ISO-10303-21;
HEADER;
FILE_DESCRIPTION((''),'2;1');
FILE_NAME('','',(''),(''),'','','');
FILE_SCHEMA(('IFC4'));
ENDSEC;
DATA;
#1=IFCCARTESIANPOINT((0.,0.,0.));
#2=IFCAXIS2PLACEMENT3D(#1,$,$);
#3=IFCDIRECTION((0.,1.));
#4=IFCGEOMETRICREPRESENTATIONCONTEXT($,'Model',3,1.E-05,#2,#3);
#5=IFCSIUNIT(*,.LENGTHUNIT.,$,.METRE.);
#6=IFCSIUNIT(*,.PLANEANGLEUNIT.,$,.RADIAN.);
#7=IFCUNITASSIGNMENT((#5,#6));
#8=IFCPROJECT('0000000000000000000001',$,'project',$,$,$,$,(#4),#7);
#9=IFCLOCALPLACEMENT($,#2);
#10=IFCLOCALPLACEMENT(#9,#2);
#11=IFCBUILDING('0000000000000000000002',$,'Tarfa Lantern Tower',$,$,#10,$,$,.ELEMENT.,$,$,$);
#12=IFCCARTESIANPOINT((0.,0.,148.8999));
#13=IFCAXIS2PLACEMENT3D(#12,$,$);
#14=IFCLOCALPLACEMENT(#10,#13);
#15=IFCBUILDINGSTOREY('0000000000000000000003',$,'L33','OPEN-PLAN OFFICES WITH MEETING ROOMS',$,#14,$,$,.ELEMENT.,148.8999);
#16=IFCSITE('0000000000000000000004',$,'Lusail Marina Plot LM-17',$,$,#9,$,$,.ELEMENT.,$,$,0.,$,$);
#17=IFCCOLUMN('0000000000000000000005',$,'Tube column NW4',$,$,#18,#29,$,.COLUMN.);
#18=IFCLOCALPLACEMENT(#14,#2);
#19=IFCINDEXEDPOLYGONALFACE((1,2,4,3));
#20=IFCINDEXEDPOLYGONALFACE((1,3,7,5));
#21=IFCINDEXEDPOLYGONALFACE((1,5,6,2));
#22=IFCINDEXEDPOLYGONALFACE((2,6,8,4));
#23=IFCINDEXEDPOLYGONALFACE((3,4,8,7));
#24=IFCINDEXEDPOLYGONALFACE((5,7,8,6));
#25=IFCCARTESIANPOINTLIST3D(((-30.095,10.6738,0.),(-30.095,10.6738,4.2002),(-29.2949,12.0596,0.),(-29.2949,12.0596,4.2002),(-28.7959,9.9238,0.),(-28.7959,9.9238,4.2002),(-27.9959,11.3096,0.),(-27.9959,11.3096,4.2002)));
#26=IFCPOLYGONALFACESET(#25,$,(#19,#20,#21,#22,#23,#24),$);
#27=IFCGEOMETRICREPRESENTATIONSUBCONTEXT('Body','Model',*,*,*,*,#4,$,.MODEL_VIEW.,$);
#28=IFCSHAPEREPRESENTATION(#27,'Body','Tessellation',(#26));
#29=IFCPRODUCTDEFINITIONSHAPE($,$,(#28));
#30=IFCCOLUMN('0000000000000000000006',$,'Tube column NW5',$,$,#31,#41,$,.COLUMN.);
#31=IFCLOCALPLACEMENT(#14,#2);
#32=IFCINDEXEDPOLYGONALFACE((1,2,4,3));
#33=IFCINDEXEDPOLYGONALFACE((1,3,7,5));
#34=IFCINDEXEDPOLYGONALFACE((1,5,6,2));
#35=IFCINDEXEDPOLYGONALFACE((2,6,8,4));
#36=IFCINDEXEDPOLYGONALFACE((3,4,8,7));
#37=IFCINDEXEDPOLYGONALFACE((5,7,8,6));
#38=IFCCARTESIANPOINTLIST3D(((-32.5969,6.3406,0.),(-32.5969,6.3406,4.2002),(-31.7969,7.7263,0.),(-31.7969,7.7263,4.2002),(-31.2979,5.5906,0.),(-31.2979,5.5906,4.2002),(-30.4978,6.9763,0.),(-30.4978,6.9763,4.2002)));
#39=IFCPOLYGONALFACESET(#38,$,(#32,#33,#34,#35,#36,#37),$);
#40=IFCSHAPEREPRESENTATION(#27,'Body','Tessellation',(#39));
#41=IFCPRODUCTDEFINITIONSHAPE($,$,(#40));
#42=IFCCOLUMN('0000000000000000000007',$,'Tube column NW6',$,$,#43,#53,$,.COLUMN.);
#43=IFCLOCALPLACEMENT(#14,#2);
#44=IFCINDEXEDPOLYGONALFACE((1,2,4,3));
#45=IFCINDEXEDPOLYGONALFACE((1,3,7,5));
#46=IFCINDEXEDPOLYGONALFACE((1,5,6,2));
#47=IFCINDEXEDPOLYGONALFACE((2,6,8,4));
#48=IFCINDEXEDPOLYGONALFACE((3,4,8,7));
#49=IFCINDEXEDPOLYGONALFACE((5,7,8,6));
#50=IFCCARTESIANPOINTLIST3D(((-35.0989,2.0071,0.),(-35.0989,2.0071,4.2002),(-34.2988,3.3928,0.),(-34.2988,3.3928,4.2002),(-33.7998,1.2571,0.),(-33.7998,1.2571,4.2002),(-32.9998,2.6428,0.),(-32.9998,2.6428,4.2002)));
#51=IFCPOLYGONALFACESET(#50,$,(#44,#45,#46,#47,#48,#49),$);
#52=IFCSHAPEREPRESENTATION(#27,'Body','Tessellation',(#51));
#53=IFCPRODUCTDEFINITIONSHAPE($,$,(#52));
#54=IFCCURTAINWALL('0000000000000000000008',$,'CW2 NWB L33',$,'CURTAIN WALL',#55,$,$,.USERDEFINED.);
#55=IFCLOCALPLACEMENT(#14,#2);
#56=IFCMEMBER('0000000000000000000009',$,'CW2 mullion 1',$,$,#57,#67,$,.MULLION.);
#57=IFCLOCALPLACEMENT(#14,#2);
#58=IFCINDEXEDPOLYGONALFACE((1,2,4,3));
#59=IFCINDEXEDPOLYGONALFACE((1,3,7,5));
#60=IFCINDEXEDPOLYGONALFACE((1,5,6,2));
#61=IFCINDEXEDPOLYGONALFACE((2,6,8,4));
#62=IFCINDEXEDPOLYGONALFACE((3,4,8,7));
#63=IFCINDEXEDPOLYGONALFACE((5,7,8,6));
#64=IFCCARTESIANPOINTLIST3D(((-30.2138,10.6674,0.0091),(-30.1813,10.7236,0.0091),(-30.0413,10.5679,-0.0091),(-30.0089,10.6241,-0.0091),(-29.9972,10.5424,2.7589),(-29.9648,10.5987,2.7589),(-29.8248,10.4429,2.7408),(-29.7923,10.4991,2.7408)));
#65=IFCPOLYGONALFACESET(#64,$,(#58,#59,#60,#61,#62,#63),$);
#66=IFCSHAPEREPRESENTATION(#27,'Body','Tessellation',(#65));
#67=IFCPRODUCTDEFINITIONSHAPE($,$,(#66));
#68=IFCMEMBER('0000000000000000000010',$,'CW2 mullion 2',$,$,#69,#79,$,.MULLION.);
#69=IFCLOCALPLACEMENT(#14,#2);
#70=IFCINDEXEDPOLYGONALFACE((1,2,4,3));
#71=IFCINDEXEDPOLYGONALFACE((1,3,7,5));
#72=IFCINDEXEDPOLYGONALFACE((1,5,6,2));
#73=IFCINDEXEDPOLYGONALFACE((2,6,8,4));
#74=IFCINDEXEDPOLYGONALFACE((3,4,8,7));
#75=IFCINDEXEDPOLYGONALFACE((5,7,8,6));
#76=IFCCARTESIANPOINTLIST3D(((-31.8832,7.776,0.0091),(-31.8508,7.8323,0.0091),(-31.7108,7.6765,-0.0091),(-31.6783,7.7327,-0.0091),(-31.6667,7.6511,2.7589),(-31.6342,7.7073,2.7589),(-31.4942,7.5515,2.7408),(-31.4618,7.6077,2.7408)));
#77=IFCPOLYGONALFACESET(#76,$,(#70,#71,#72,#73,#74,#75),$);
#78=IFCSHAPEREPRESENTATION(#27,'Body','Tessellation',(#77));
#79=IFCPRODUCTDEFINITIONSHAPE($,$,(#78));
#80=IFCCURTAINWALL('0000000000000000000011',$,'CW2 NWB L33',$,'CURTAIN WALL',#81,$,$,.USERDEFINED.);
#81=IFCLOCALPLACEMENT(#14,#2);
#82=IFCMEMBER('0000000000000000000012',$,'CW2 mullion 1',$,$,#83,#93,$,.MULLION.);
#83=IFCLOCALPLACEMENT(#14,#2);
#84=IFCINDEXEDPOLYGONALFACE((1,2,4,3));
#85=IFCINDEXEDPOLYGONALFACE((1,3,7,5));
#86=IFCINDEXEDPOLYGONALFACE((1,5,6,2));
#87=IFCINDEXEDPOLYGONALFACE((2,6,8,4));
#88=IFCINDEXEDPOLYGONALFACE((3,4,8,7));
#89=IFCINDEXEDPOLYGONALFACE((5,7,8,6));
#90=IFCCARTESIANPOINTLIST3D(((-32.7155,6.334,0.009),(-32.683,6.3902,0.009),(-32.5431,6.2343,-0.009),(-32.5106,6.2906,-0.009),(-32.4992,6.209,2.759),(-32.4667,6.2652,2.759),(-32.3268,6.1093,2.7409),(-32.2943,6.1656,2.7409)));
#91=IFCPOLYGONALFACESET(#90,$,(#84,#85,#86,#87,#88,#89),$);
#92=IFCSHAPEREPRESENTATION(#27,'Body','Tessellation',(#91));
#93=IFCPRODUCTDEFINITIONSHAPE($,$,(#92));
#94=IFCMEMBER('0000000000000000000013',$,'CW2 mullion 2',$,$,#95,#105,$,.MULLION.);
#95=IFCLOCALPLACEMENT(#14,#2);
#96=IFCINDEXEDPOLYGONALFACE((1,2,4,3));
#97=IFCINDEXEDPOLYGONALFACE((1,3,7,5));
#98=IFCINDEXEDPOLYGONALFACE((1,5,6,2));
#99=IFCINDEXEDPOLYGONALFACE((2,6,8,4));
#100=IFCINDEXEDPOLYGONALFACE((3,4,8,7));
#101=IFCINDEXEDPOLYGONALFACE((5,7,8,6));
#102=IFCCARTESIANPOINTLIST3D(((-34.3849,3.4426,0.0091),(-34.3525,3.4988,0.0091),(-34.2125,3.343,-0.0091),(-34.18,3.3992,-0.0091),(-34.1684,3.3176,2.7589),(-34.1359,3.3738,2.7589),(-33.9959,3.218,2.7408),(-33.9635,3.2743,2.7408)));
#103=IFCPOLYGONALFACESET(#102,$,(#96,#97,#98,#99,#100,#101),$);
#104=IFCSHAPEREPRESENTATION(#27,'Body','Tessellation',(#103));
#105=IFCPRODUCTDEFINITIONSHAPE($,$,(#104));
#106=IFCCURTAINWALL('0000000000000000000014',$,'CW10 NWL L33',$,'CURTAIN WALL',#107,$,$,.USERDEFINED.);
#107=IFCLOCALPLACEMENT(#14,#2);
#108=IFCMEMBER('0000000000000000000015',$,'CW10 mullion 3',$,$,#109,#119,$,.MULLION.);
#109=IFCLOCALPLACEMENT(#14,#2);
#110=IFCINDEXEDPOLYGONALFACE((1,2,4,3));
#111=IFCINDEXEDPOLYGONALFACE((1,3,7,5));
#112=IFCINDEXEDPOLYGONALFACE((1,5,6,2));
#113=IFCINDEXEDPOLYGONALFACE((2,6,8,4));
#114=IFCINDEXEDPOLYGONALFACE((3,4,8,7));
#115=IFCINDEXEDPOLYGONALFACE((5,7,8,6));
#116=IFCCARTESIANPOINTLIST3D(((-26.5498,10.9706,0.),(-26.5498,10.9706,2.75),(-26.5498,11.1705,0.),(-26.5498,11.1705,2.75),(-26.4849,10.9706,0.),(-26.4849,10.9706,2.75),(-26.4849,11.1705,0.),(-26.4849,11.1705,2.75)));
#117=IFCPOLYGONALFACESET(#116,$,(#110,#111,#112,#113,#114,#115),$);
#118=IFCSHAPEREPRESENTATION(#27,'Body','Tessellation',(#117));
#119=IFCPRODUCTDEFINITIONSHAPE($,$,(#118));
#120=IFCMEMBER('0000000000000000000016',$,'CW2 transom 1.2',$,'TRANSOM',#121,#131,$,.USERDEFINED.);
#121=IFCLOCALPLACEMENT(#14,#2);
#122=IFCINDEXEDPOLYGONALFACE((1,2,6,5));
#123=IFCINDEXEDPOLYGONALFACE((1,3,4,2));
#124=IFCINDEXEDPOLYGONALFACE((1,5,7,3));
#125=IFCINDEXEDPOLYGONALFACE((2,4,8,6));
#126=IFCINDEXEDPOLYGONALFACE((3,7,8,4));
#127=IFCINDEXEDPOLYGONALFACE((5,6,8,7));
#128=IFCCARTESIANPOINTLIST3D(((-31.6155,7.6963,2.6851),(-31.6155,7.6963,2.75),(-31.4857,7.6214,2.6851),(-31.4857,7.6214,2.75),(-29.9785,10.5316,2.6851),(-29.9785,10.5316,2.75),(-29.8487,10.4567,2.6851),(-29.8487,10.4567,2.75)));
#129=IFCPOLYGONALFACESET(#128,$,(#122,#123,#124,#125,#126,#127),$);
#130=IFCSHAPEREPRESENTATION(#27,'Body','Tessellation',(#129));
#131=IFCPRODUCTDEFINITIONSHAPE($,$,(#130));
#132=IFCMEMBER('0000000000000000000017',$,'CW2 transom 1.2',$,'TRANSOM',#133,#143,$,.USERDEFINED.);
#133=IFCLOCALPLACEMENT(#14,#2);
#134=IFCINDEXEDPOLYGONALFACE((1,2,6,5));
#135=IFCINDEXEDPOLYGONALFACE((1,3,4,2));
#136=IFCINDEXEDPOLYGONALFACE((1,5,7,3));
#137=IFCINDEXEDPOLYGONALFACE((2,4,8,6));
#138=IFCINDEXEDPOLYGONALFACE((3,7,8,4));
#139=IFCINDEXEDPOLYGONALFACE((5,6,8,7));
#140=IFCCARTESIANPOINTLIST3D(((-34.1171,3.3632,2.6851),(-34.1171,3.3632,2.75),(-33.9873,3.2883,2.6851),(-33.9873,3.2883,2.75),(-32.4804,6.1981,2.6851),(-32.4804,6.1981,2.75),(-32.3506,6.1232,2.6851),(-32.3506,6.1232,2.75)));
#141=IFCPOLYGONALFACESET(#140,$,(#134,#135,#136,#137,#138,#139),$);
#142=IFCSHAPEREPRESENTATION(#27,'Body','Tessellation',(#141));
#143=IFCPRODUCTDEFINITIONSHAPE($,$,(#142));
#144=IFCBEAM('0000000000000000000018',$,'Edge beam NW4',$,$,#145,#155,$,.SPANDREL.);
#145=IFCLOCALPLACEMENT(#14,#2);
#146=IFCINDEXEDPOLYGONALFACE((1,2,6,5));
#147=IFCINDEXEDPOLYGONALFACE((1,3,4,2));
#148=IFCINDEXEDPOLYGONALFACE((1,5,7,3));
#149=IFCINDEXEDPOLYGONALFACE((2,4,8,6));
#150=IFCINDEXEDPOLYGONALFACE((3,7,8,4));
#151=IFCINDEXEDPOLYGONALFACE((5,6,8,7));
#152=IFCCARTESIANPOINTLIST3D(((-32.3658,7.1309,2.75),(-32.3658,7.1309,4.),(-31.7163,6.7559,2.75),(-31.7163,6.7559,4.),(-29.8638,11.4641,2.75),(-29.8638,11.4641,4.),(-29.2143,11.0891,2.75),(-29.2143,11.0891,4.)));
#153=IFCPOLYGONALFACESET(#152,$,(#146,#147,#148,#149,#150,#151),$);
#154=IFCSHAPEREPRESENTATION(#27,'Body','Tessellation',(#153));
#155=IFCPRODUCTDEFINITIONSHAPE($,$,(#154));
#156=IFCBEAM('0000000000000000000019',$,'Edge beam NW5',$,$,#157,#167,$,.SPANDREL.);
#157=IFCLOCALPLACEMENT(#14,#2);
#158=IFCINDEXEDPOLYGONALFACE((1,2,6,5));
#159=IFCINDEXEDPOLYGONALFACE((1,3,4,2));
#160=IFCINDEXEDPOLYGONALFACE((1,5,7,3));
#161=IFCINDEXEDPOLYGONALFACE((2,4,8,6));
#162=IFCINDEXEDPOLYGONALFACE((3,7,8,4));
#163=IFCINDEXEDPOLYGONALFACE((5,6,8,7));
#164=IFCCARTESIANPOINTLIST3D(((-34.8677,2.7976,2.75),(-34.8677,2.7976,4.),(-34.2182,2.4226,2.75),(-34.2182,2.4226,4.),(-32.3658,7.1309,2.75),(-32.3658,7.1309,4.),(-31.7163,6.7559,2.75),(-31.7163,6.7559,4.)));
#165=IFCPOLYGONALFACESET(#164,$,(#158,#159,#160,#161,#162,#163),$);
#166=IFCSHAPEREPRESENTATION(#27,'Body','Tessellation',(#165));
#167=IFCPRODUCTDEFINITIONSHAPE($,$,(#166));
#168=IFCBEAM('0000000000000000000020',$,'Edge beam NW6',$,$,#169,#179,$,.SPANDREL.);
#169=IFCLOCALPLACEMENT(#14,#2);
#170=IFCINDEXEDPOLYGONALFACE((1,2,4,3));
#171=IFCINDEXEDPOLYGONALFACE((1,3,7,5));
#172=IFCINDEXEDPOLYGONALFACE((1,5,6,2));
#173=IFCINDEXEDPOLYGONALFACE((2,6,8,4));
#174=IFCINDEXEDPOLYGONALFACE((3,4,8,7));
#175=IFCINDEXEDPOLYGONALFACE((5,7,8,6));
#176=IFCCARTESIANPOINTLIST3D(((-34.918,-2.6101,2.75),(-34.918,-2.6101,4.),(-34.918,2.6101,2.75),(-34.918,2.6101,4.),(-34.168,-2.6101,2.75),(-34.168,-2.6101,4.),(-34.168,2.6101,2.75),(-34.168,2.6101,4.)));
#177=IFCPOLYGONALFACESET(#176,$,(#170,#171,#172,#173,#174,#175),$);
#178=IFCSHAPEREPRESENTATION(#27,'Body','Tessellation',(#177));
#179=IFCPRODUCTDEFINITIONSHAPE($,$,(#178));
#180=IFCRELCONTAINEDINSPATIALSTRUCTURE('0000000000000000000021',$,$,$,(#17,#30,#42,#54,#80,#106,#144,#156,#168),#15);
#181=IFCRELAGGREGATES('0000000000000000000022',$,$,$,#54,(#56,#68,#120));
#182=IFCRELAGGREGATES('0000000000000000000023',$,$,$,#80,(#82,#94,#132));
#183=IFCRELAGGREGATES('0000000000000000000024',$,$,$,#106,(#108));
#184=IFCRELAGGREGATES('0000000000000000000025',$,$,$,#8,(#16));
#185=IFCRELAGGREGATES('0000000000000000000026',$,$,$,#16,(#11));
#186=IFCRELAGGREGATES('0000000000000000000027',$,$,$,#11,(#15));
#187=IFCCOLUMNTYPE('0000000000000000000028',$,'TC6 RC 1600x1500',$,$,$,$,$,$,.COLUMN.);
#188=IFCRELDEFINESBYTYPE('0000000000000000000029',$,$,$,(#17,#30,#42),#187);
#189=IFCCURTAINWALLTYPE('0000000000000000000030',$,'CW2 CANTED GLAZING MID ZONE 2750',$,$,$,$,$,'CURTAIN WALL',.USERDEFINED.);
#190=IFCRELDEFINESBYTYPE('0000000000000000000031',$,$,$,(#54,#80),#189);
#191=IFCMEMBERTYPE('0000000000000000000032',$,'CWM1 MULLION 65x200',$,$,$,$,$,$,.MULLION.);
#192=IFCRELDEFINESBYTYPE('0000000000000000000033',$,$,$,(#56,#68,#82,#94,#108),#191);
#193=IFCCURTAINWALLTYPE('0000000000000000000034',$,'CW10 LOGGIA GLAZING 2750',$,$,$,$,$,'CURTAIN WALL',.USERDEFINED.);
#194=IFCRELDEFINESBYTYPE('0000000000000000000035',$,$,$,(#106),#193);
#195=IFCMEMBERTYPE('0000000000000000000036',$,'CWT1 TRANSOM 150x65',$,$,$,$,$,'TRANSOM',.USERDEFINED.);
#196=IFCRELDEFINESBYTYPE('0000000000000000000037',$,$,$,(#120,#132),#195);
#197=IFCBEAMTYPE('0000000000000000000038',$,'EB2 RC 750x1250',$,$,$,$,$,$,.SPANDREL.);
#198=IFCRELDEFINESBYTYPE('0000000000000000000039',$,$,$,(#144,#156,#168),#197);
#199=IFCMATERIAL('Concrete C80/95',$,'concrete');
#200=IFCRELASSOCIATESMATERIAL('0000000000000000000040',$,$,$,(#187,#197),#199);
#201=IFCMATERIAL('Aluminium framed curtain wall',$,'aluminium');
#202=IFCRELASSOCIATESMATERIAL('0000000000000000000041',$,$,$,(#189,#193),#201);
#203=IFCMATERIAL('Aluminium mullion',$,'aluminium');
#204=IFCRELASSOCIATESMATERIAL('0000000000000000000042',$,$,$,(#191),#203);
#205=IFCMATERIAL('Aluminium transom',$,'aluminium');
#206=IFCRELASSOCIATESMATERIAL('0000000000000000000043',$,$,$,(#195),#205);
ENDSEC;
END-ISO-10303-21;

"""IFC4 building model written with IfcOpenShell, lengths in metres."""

from ifc_helpers import new_model, si_unit, direction, frame, origin, origin_2d, place, context, subcontext, project, spatial, rectangle, extrude, material, material_profile, profile_set, type_object, element, aggregate, save


model = new_model("IFC4")

# Units and contexts
model_context = context("Model", 3, precision=1e-05, world=origin(), true_north=direction((0.0, 1.0)))
body_context = subcontext(model_context, "Body", "Model", "MODEL_VIEW")
ifc_project = project(units=[si_unit("LENGTHUNIT", "METRE"), si_unit("PLANEANGLEUNIT", "RADIAN")], contexts=[model_context])

# Site, building, storey
site_placement = place(None, origin())
site = spatial("IfcSite", under=ifc_project, at=site_placement, Name="Lusail Marina Plot LM-17", CompositionType="ELEMENT", RefElevation=0.0)
building_placement = place(site_placement, origin())
building = spatial("IfcBuilding", under=site, at=building_placement, Name="Tarfa Lantern Tower", CompositionType="ELEMENT")
storey_placement = place(building_placement, frame((0.0, 0.0, 148.8999)))
storey = spatial("IfcBuildingStorey", under=building, at=storey_placement, Name="L33", Description="OPEN-PLAN OFFICES WITH MEETING ROOMS", CompositionType="ELEMENT", Elevation=148.8999)

# Columns
ifc_material_1 = material(Name="Concrete C80/95", Category="concrete")
ifc_material_profile_1 = material_profile(ifc_material_1, rectangle(XDim=1.6001, YDim=1.5, at=origin_2d()), Name="RC 1600x1500")
ifc_profile_set_1 = profile_set([ifc_material_profile_1], Name="Concrete C80/95")
column_type = type_object("IfcColumnType", Name="TC6 RC 1600x1500", PredefinedType="COLUMN", material=ifc_profile_set_1)
for number, where, z_axis, x_axis, name in (
    (1, (-29.0454, 10.9917, 0.0), (0.0, 0.0, 1.0), (-0.5, -0.866025, 0.0), "Tube column NW4"),
    (2, (-31.5474, 6.6584, 0.0), (0.0, 0.0, 1.0), (-0.5, -0.866025, 0.0), "Tube column NW5"),
    (3, (-34.0493, 2.325, 0.0), (0.0, 0.0, 1.0), (-0.5, -0.866025, 0.0), "Tube column NW6"),
):
    element("IfcColumn", number, at=place(storey_placement, frame(where, z_axis=z_axis, x_axis=x_axis)), inside=storey, type_object=column_type, Name=name, PredefinedType="COLUMN", context=body_context, shape_type="SweptSolid", body=[
        extrude(rectangle(XDim=1.6001, YDim=1.5, at=origin_2d()), origin(), (0.0, 0.0, 1.0), 4.2002),
    ])

# Curtain walls, members
ifc_material_2 = material(Name="Aluminium framed curtain wall", Category="aluminium")
curtain_wall_type_1 = type_object("IfcCurtainWallType", Name="CW2 CANTED GLAZING MID ZONE 2750", ElementType="CURTAIN WALL", PredefinedType="USERDEFINED", material=ifc_material_2)
curtain_wall_1_placement = place(storey_placement, origin())
curtain_wall_1 = element("IfcCurtainWall", 4, at=curtain_wall_1_placement, inside=storey, type_object=curtain_wall_type_1, Name="CW2 NWB L33", ObjectType="CURTAIN WALL", PredefinedType="USERDEFINED")
ifc_material_3 = material(Name="Aluminium mullion", Category="aluminium")
ifc_material_profile_2 = material_profile(ifc_material_3, rectangle(XDim=0.0649, YDim=0.2, at=origin_2d()), Name="AL MULLION 65x200")
ifc_profile_set_2 = profile_set([ifc_material_profile_2], Name="Aluminium mullion")
member_type_1 = type_object("IfcMemberType", Name="CWM1 MULLION 65x200", PredefinedType="MULLION", material=ifc_profile_set_2)
member_1_placement = place(storey_placement, frame((-30.1113, 10.6458, 0.0), z_axis=(0.078423, -0.045268, 0.995892), x_axis=(0.49992, 0.866072, 0.0)))
member_1 = element("IfcMember", 5, at=member_1_placement, type_object=member_type_1, Name="CW2 mullion 1", PredefinedType="MULLION", context=body_context, shape_type="SweptSolid", body=[
    extrude(rectangle(XDim=0.0649, YDim=0.2, at=origin_2d()), origin(), (0.0, 0.0, 1.0), 2.7612),
])
member_2_placement = place(storey_placement, frame((-31.7808, 7.7544, 0.0), z_axis=(0.078423, -0.045268, 0.995892), x_axis=(0.49992, 0.866072, 0.0)))
member_2 = element("IfcMember", 6, at=member_2_placement, type_object=member_type_1, Name="CW2 mullion 2", PredefinedType="MULLION", context=body_context, shape_type="SweptSolid", body=[
    extrude(rectangle(XDim=0.0649, YDim=0.2, at=origin_2d()), origin(), (0.0, 0.0, 1.0), 2.7612),
])
curtain_wall_2_placement = place(storey_placement, origin())
curtain_wall_2 = element("IfcCurtainWall", 7, at=curtain_wall_2_placement, inside=storey, type_object=curtain_wall_type_1, Name="CW2 NWB L33", ObjectType="CURTAIN WALL", PredefinedType="USERDEFINED")
member_3_placement = place(storey_placement, frame((-32.613, 6.3123, 0.0), z_axis=(0.078335, -0.045268, 0.995899), x_axis=(0.500343, 0.865827, 0.0)))
member_3 = element("IfcMember", 8, at=member_3_placement, type_object=member_type_1, Name="CW2 mullion 1", PredefinedType="MULLION", context=body_context, shape_type="SweptSolid", body=[
    extrude(rectangle(XDim=0.0649, YDim=0.2, at=origin_2d()), origin(), (0.0, 0.0, 1.0), 2.7612),
])
member_4_placement = place(storey_placement, frame((-34.2825, 3.4209, 0.0), z_axis=(0.078423, -0.045268, 0.995892), x_axis=(0.49992, 0.866072, 0.0)))
member_4 = element("IfcMember", 9, at=member_4_placement, type_object=member_type_1, Name="CW2 mullion 2", PredefinedType="MULLION", context=body_context, shape_type="SweptSolid", body=[
    extrude(rectangle(XDim=0.0649, YDim=0.2, at=origin_2d()), origin(), (0.0, 0.0, 1.0), 2.7612),
])

# Curtain wall, member
curtain_wall_type_2 = type_object("IfcCurtainWallType", Name="CW10 LOGGIA GLAZING 2750", ElementType="CURTAIN WALL", PredefinedType="USERDEFINED", material=ifc_material_2)
curtain_wall_3_placement = place(storey_placement, origin())
curtain_wall_3 = element("IfcCurtainWall", 10, at=curtain_wall_3_placement, inside=storey, type_object=curtain_wall_type_2, Name="CW10 NWL L33", ObjectType="CURTAIN WALL", PredefinedType="USERDEFINED")
member_5_placement = place(storey_placement, frame((-26.5173, 11.0706, 0.0), z_axis=(0.0, 0.0, 1.0), x_axis=(1.0, 0.0, 0.0)))
member_5 = element("IfcMember", 11, at=member_5_placement, type_object=member_type_1, Name="CW10 mullion 3", PredefinedType="MULLION", context=body_context, shape_type="SweptSolid", body=[
    extrude(rectangle(XDim=0.0649, YDim=0.2, at=origin_2d()), origin(), (0.0, 0.0, 1.0), 2.75),
])

# Members
ifc_material_4 = material(Name="Aluminium transom", Category="aluminium")
ifc_material_profile_3 = material_profile(ifc_material_4, rectangle(XDim=0.1499, YDim=0.0649, at=origin_2d()), Name="AL TRANSOM 150x65")
ifc_profile_set_3 = profile_set([ifc_material_profile_3], Name="Aluminium transom")
member_type_2 = type_object("IfcMemberType", Name="CWT1 TRANSOM 150x65", ElementType="TRANSOM", PredefinedType="USERDEFINED", material=ifc_profile_set_3)
member_6_placement = place(storey_placement, frame((-29.9136, 10.4941, 2.7175), z_axis=(-0.500013, -0.866018, 0.0), x_axis=(0.866018, -0.500013, 0.0)))
member_6 = element("IfcMember", 12, at=member_6_placement, type_object=member_type_2, Name="CW2 transom 1.2", ObjectType="TRANSOM", PredefinedType="USERDEFINED", context=body_context, shape_type="SweptSolid", body=[
    extrude(rectangle(XDim=0.1499, YDim=0.0649, at=origin_2d()), origin(), (0.0, 0.0, 1.0), 3.2739),
])
member_7_placement = place(storey_placement, frame((-32.4155, 6.1606, 2.7175), z_axis=(-0.499989, -0.866032, 0.0), x_axis=(0.866032, -0.499989, 0.0)))
member_7 = element("IfcMember", 13, at=member_7_placement, type_object=member_type_2, Name="CW2 transom 1.2", ObjectType="TRANSOM", PredefinedType="USERDEFINED", context=body_context, shape_type="SweptSolid", body=[
    extrude(rectangle(XDim=0.1499, YDim=0.0649, at=origin_2d()), origin(), (0.0, 0.0, 1.0), 3.2734),
])

# Beams
ifc_material_profile_4 = material_profile(ifc_material_1, rectangle(XDim=0.75, YDim=1.25, at=origin_2d()), Name="RC 750x1250")
ifc_profile_set_4 = profile_set([ifc_material_profile_4], Name="Concrete C80/95")
beam_type_1 = type_object("IfcBeamType", Name="EB2 RC 750x1250", PredefinedType="SPANDREL", material=ifc_profile_set_4)
for number, where, z_axis, x_axis, name in (
    (14, (-29.5391, 11.2766, 3.375), (-0.500022, -0.866013, 0.0), (0.866013, -0.500022, 0.0), "Edge beam NW4"),
    (15, (-32.041, 6.9434, 3.375), (-0.500022, -0.866013, 0.0), (0.866013, -0.500022, 0.0), "Edge beam NW5"),
):
    element("IfcBeam", number, at=place(storey_placement, frame(where, z_axis=z_axis, x_axis=x_axis)), inside=storey, type_object=beam_type_1, Name=name, PredefinedType="SPANDREL", context=body_context, shape_type="SweptSolid", body=[
        extrude(rectangle(XDim=0.75, YDim=1.25, at=origin_2d()), origin(), (0.0, 0.0, 1.0), 5.0037),
    ])
beam_1_placement = place(storey_placement, frame((-34.543, 2.6101, 3.375), z_axis=(0.0, -1.0, 0.0), x_axis=(1.0, 0.0, 0.0)))
element("IfcBeam", 16, at=beam_1_placement, inside=storey, type_object=beam_type_1, Name="Edge beam NW6", PredefinedType="SPANDREL", context=body_context, shape_type="SweptSolid", body=[
    extrude(rectangle(XDim=0.75, YDim=1.25, at=origin_2d()), origin(), (0.0, 0.0, 1.0), 5.2202),
])

aggregate(curtain_wall_1, [member_1, member_2, member_6])
aggregate(curtain_wall_2, [member_3, member_4, member_7])
aggregate(curtain_wall_3, [member_5])

save(model, "model.ifc")
